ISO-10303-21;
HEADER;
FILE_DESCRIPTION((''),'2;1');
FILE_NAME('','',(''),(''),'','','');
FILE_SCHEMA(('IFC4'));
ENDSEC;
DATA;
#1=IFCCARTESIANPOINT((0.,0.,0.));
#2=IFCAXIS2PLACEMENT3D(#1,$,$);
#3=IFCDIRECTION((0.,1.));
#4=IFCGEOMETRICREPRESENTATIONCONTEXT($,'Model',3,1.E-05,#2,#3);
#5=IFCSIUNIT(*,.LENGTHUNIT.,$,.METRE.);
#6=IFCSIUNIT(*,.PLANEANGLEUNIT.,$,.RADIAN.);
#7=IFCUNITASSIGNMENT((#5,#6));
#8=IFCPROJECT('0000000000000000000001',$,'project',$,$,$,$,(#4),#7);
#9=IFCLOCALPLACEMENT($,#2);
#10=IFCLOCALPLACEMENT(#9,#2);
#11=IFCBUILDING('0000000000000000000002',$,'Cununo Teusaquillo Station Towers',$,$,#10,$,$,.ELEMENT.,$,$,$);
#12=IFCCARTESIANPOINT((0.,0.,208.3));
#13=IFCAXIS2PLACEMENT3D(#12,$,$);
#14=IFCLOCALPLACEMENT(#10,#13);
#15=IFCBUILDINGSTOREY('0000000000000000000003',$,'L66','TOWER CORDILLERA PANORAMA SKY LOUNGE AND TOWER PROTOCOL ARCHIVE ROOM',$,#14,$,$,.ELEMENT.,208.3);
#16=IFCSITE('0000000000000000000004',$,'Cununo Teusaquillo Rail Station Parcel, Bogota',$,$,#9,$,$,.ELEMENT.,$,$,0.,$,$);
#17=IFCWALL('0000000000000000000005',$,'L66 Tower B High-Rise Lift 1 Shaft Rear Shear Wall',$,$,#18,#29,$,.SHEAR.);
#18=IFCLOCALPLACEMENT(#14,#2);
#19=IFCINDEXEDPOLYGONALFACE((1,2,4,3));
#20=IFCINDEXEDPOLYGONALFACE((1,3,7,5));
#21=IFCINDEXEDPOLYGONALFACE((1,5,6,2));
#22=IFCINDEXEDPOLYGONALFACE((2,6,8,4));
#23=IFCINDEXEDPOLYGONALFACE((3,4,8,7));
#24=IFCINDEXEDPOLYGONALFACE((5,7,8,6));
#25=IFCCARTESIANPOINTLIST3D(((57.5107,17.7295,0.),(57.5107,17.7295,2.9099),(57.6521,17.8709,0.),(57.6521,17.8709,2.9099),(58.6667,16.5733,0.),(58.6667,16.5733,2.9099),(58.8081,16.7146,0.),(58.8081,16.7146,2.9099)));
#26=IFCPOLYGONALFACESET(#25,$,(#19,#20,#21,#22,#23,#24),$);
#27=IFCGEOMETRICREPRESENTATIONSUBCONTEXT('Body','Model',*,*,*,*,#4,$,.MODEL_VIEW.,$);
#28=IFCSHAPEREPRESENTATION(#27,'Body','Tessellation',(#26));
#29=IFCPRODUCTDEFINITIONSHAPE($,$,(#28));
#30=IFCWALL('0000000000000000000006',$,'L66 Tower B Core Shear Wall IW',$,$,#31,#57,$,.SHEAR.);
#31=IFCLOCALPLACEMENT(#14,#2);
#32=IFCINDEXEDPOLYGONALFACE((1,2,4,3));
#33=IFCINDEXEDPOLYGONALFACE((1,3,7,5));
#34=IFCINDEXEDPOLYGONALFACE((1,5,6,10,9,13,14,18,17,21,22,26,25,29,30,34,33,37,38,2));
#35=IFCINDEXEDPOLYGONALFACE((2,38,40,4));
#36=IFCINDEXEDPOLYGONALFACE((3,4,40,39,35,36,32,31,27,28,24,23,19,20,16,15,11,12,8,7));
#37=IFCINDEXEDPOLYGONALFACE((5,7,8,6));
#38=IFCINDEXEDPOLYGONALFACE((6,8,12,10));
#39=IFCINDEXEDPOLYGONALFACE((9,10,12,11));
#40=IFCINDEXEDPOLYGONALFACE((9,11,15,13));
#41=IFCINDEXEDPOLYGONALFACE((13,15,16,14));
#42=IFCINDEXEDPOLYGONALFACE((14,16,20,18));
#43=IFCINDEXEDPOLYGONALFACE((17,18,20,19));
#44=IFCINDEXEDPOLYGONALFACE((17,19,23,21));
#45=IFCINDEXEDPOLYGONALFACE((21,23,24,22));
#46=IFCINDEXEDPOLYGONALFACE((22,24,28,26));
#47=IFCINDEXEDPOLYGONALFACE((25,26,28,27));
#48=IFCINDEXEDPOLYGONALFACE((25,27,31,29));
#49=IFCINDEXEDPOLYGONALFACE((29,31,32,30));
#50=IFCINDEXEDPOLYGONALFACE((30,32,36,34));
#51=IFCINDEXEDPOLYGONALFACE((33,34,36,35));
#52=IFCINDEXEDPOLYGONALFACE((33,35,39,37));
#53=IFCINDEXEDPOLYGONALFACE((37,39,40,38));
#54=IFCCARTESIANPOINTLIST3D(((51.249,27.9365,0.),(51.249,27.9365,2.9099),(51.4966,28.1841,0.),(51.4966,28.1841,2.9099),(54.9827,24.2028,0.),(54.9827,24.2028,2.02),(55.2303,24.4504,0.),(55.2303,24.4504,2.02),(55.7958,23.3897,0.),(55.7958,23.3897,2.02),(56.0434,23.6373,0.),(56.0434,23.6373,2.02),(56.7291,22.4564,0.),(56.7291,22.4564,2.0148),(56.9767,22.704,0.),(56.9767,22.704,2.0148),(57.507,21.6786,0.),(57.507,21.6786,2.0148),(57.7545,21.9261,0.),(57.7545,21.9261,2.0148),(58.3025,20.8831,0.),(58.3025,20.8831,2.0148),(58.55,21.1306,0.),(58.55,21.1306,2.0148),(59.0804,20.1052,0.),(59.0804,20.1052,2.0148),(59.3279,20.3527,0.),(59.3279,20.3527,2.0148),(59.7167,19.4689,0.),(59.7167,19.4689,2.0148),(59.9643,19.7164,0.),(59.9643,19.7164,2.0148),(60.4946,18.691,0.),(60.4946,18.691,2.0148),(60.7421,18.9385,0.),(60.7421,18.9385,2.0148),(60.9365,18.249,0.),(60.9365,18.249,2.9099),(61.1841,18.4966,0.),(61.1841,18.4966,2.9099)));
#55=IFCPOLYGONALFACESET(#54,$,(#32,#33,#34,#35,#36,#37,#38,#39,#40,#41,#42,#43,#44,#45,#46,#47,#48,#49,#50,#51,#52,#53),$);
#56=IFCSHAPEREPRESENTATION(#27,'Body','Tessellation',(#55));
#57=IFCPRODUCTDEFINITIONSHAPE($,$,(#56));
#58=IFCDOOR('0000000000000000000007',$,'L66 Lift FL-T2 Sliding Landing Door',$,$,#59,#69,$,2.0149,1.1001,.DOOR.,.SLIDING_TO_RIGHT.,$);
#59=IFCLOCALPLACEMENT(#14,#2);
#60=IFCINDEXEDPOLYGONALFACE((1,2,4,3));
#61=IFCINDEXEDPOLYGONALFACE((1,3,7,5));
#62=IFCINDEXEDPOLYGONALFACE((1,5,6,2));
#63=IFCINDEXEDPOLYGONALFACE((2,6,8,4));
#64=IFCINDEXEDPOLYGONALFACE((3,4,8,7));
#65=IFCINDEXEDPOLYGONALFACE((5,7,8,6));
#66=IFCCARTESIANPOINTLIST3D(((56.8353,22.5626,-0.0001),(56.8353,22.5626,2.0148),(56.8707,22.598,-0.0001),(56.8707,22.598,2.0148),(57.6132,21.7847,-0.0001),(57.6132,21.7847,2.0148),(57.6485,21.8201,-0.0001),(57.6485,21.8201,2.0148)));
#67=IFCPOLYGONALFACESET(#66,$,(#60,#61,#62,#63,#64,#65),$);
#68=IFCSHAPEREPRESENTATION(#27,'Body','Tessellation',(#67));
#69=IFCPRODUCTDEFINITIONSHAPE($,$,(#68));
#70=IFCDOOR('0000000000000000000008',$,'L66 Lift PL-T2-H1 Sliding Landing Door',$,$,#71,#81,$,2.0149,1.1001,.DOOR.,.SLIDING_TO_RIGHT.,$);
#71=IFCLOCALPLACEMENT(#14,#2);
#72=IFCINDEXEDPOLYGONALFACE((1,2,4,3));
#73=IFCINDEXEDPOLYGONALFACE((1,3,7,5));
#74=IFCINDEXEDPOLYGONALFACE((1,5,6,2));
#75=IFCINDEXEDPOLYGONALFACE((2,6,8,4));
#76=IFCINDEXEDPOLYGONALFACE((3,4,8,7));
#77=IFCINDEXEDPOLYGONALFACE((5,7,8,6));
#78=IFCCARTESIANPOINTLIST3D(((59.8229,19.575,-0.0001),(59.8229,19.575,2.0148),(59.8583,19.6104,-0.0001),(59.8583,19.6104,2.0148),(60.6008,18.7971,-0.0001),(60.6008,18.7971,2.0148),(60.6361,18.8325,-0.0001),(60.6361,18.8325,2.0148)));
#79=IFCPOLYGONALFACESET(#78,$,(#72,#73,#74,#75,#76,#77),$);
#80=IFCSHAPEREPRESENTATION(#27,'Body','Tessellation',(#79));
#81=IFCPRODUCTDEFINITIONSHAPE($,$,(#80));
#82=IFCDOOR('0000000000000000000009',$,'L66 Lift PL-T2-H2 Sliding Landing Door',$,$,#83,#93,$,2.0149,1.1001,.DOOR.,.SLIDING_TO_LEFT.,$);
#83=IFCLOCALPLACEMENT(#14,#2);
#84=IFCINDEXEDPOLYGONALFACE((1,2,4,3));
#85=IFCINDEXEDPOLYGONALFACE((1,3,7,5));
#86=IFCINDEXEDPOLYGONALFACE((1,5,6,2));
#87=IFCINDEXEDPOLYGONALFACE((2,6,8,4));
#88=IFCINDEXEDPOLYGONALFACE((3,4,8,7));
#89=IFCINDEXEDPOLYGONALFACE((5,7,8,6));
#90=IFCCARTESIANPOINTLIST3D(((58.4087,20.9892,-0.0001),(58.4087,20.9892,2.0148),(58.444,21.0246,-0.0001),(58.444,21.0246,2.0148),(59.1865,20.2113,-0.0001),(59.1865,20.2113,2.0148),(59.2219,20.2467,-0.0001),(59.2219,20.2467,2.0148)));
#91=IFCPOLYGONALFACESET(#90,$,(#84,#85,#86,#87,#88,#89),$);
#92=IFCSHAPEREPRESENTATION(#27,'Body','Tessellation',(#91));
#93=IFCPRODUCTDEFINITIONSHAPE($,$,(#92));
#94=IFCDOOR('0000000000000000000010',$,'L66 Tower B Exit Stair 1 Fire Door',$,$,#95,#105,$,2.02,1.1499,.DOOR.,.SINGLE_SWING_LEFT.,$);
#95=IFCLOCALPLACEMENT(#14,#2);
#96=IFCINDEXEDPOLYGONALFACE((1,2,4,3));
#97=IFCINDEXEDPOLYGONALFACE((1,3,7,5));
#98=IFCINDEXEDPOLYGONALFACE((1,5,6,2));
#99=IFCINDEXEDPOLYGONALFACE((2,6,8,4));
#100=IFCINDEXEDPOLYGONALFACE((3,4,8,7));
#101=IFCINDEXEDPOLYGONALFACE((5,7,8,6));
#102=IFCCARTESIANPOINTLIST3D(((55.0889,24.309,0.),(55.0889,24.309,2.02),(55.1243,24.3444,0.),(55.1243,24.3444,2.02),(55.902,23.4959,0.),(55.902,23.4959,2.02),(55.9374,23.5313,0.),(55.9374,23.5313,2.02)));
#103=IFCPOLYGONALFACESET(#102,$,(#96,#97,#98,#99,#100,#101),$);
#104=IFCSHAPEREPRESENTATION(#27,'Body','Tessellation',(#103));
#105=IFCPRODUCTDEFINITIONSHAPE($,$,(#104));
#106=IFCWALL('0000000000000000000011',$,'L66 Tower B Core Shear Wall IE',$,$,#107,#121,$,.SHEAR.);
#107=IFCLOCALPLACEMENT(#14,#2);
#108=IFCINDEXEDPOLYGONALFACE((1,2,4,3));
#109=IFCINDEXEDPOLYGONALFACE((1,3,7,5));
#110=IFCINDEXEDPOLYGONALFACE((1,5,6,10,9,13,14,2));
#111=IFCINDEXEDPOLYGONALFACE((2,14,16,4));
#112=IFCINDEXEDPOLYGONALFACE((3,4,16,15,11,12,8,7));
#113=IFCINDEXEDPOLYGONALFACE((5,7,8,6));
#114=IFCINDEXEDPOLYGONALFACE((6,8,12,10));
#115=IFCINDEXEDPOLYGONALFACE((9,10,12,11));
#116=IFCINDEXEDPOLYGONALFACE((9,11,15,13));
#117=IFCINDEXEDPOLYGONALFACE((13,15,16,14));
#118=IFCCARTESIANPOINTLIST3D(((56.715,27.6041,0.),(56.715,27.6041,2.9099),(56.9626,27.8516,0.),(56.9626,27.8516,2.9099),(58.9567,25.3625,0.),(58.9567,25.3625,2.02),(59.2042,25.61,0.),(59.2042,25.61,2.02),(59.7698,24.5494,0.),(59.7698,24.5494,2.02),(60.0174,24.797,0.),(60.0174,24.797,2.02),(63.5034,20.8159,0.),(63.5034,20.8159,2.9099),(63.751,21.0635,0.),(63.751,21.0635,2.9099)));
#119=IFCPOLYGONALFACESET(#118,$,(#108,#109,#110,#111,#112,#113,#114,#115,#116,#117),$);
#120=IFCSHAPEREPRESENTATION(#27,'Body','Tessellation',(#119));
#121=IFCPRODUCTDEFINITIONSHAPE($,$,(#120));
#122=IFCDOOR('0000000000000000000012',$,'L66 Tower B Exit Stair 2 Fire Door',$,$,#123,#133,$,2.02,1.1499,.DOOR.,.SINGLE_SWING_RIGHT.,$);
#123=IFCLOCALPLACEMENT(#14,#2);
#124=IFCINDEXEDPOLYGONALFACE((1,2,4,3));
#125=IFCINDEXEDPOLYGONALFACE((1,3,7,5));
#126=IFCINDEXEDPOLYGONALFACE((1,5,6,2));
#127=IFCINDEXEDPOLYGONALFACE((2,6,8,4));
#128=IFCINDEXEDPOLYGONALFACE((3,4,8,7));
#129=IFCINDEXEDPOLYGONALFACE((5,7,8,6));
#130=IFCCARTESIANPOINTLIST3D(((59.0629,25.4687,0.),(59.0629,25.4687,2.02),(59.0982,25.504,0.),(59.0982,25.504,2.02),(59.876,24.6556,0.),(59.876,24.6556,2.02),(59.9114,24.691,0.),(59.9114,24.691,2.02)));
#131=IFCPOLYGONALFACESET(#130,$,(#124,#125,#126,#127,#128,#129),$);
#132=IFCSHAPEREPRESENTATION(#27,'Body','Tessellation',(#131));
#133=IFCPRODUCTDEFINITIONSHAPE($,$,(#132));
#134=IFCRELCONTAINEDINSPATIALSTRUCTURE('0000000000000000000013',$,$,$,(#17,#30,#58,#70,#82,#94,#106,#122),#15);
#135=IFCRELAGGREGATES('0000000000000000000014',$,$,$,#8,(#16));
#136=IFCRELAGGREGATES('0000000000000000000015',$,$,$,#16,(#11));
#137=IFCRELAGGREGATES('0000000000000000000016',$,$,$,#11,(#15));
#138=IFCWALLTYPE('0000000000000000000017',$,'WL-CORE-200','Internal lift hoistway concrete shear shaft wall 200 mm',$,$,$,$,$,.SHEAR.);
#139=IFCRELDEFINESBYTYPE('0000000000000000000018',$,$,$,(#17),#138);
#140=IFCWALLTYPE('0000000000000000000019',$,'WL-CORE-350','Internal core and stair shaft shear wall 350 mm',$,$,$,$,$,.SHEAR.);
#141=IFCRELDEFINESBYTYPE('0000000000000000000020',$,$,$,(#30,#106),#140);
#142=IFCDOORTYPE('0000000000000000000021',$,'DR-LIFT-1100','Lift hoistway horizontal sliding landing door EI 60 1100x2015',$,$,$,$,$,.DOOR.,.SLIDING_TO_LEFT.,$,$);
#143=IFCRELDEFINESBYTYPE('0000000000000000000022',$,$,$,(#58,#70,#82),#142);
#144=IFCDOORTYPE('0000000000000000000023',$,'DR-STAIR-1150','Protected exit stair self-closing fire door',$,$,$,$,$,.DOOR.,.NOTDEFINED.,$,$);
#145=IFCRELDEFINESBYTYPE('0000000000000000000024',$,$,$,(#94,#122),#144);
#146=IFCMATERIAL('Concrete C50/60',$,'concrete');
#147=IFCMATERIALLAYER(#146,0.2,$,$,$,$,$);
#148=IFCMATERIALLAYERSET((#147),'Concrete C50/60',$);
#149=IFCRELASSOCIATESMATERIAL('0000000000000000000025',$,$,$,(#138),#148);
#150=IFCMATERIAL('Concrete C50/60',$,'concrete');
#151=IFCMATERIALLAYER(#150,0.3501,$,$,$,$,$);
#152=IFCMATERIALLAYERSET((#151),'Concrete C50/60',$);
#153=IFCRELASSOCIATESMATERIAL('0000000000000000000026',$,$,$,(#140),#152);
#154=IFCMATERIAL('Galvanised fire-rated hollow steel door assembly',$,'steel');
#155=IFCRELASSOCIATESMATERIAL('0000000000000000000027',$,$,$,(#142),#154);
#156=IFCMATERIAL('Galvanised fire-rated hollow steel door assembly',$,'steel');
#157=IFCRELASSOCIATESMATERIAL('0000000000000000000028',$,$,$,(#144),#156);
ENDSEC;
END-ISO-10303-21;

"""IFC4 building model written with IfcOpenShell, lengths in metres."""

from ifc_helpers import new_model, si_unit, direction, frame, frame_2d, origin, place, context, subcontext, project, spatial, rectangle, extrude, source, transform, mapped, material, layer, layer_set, type_object, element, fill, save


model = new_model("IFC4")

# Units and contexts
model_context = context("Model", 3, precision=1e-05, world=origin(), true_north=direction((0.0, 1.0)))
body_context = subcontext(model_context, "Body", "Model", "MODEL_VIEW")
ifc_project = project(units=[si_unit("LENGTHUNIT", "METRE"), si_unit("PLANEANGLEUNIT", "RADIAN")], contexts=[model_context])

# Site, building, storey
site_placement = place(None, origin())
site = spatial("IfcSite", under=ifc_project, at=site_placement, Name="Cununo Teusaquillo Rail Station Parcel, Bogota", CompositionType="ELEMENT", RefElevation=0.0)
building_placement = place(site_placement, origin())
building = spatial("IfcBuilding", under=site, at=building_placement, Name="Cununo Teusaquillo Station Towers", CompositionType="ELEMENT")
storey_placement = place(building_placement, frame((0.0, 0.0, 208.3)))
storey = spatial("IfcBuildingStorey", under=building, at=storey_placement, Name="L66", Description="TOWER CORDILLERA PANORAMA SKY LOUNGE AND TOWER PROTOCOL ARCHIVE ROOM", CompositionType="ELEMENT", Elevation=208.3)

# Wall
ifc_material_1 = material(Name="Concrete C50/60", Category="concrete")
ifc_layer_1 = layer(ifc_material_1, 0.2)
ifc_layer_set_1 = layer_set([ifc_layer_1], Name="Concrete C50/60")
wall_type_1 = type_object("IfcWallType", Name="WL-CORE-200", Description="Internal lift hoistway concrete shear shaft wall 200 mm", PredefinedType="SHEAR", material=ifc_layer_set_1)
wall_1_placement = place(storey_placement, frame((58.7373, 16.644, 0.0), z_axis=(0.0, 0.0, 1.0), x_axis=(-0.707032, 0.707181, 0.0)))
element("IfcWall", 1, at=wall_1_placement, inside=storey, type_object=wall_type_1, Name="L66 Tower B High-Rise Lift 1 Shaft Rear Shear Wall", PredefinedType="SHEAR", context=body_context, shape_type="SweptSolid", body=[
    extrude(rectangle(XDim=1.635, YDim=0.2, at=frame_2d((0.8174, 0.0))), origin(), (0.0, 0.0, 1.0), 2.9099),
])

# Wall, openings, doors
ifc_material_2 = material(Name="Concrete C50/60", Category="concrete")
ifc_layer_2 = layer(ifc_material_2, 0.3501)
ifc_layer_set_2 = layer_set([ifc_layer_2], Name="Concrete C50/60")
wall_type_2 = type_object("IfcWallType", Name="WL-CORE-350", Description="Internal core and stair shaft shear wall 350 mm", PredefinedType="SHEAR", material=ifc_layer_set_2)
wall_2_placement = place(storey_placement, frame((61.0603, 18.3728, 0.0), z_axis=(0.0, 0.0, 1.0), x_axis=(-0.707107, 0.707107, 0.0)))
wall_2 = element("IfcWall", 2, at=wall_2_placement, inside=storey, type_object=wall_type_2, Name="L66 Tower B Core Shear Wall IW", PredefinedType="SHEAR", context=body_context, shape_type="SweptSolid", body=[
    extrude(rectangle(XDim=13.7002, YDim=0.3501, at=frame_2d((6.8501, 0.0))), origin(), (0.0, 0.0, 1.0), 2.9099),
])
shared_shape_1 = source(origin(), body_context, "Body", "SweptSolid", [
    extrude(rectangle(XDim=1.1001, YDim=2.0149, at=frame_2d((0.55, 1.0073))), frame((0.0, 0.1851, 0.0), z_axis=(0.0, -1.0, 0.0), x_axis=(1.0, 0.0, 0.0)), (0.0, 0.0, 1.0), 0.3701),
])
opening_1_placement = place(wall_2_placement, frame((4.8501, 0.0, 0.0)))
opening_1 = element("IfcOpeningElement", 3, at=opening_1_placement, cuts=wall_2, PredefinedType="OPENING", context=body_context, shape_type="MappedRepresentation", body=[
    mapped(shared_shape_1, transform((0.0, 0.0, 0.0), x_axis=(1.0, 0.0, 0.0), y_axis=(0.0, 1.0, 0.0), z_axis=(0.0, 0.0, 1.0), scale=1.0)),
])
opening_2_placement = place(wall_2_placement, frame((0.625, 0.0, 0.0)))
opening_2 = element("IfcOpeningElement", 4, at=opening_2_placement, cuts=wall_2, PredefinedType="OPENING", context=body_context, shape_type="MappedRepresentation", body=[
    mapped(shared_shape_1, transform((0.0, 0.0, 0.0), x_axis=(1.0, 0.0, 0.0), y_axis=(0.0, 1.0, 0.0), z_axis=(0.0, 0.0, 1.0), scale=1.0)),
])
opening_3_placement = place(wall_2_placement, frame((2.625, 0.0, 0.0)))
opening_3 = element("IfcOpeningElement", 5, at=opening_3_placement, cuts=wall_2, PredefinedType="OPENING", context=body_context, shape_type="MappedRepresentation", body=[
    mapped(shared_shape_1, transform((0.0, 0.0, 0.0), x_axis=(1.0, 0.0, 0.0), y_axis=(0.0, 1.0, 0.0), z_axis=(0.0, 0.0, 1.0), scale=1.0)),
])
shared_shape_2 = source(origin(), body_context, "Body", "SweptSolid", [
    extrude(rectangle(XDim=1.1499, YDim=2.02, at=frame_2d((0.575, 1.01))), frame((0.0, 0.1851, 0.0), z_axis=(0.0, -1.0, 0.0), x_axis=(1.0, 0.0, 0.0)), (0.0, 0.0, 1.0), 0.3701),
])
opening_4_placement = place(wall_2_placement, frame((7.27, 0.0, 0.0)))
opening_4 = element("IfcOpeningElement", 6, at=opening_4_placement, cuts=wall_2, PredefinedType="OPENING", context=body_context, shape_type="MappedRepresentation", body=[
    mapped(shared_shape_2, transform((0.0, 0.0, 0.0), x_axis=(1.0, 0.0, 0.0), y_axis=(0.0, 1.0, 0.0), z_axis=(0.0, 0.0, 1.0), scale=1.0)),
])
ifc_material_3 = material(Name="Galvanised fire-rated hollow steel door assembly", Category="steel")
door_type_1 = type_object("IfcDoorType", Name="DR-LIFT-1100", Description="Lift hoistway horizontal sliding landing door EI 60 1100x2015", OperationType="SLIDING_TO_LEFT", PredefinedType="DOOR", material=ifc_material_3)
shared_shape_3 = source(origin(), body_context, "Body", "SweptSolid", [
    extrude(rectangle(XDim=1.1001, YDim=2.0149, at=frame_2d((0.55, 1.0073))), frame((0.0, 0.0249, 0.0), z_axis=(0.0, -1.0, 0.0), x_axis=(1.0, 0.0, 0.0)), (0.0, 0.0, 1.0), 0.05),
])
door_1_placement = place(opening_1_placement, origin())
door_1 = element("IfcDoor", 7, at=door_1_placement, inside=storey, type_object=door_type_1, Name="L66 Lift FL-T2 Sliding Landing Door", OperationType="SLIDING_TO_RIGHT", OverallHeight=2.0149, OverallWidth=1.1001, PredefinedType="DOOR", context=body_context, shape_type="MappedRepresentation", body=[
    mapped(shared_shape_3, transform((0.0, 0.0, 0.0), x_axis=(1.0, 0.0, 0.0), y_axis=(0.0, 1.0, 0.0), z_axis=(0.0, 0.0, 1.0), scale=1.0)),
])
fill(opening_1, door_1)
door_2_placement = place(opening_2_placement, origin())
door_2 = element("IfcDoor", 8, at=door_2_placement, inside=storey, type_object=door_type_1, Name="L66 Lift PL-T2-H1 Sliding Landing Door", OperationType="SLIDING_TO_RIGHT", OverallHeight=2.0149, OverallWidth=1.1001, PredefinedType="DOOR", context=body_context, shape_type="MappedRepresentation", body=[
    mapped(shared_shape_3, transform((0.0, 0.0, 0.0), x_axis=(1.0, 0.0, 0.0), y_axis=(0.0, 1.0, 0.0), z_axis=(0.0, 0.0, 1.0), scale=1.0)),
])
fill(opening_2, door_2)
door_3_placement = place(opening_3_placement, origin())
door_3 = element("IfcDoor", 9, at=door_3_placement, inside=storey, type_object=door_type_1, Name="L66 Lift PL-T2-H2 Sliding Landing Door", OperationType="SLIDING_TO_LEFT", OverallHeight=2.0149, OverallWidth=1.1001, PredefinedType="DOOR", context=body_context, shape_type="MappedRepresentation", body=[
    mapped(shared_shape_3, transform((0.0, 0.0, 0.0), x_axis=(1.0, 0.0, 0.0), y_axis=(0.0, 1.0, 0.0), z_axis=(0.0, 0.0, 1.0), scale=1.0)),
])
fill(opening_3, door_3)
ifc_material_4 = material(Name="Galvanised fire-rated hollow steel door assembly", Category="steel")
door_type_2 = type_object("IfcDoorType", Name="DR-STAIR-1150", Description="Protected exit stair self-closing fire door", OperationType="NOTDEFINED", PredefinedType="DOOR", material=ifc_material_4)
shared_shape_4 = source(origin(), body_context, "Body", "SweptSolid", [
    extrude(rectangle(XDim=1.1499, YDim=2.02, at=frame_2d((0.575, 1.01))), frame((0.0, 0.0249, 0.0), z_axis=(0.0, -1.0, 0.0), x_axis=(1.0, 0.0, 0.0)), (0.0, 0.0, 1.0), 0.05),
])
door_4_placement = place(opening_4_placement, origin())
door_4 = element("IfcDoor", 10, at=door_4_placement, inside=storey, type_object=door_type_2, Name="L66 Tower B Exit Stair 1 Fire Door", OperationType="SINGLE_SWING_LEFT", OverallHeight=2.02, OverallWidth=1.1499, PredefinedType="DOOR", context=body_context, shape_type="MappedRepresentation", body=[
    mapped(shared_shape_4, transform((0.0, 0.0, 0.0), x_axis=(1.0, 0.0, 0.0), y_axis=(0.0, 1.0, 0.0), z_axis=(0.0, 0.0, 1.0), scale=1.0)),
])
fill(opening_4, door_4)

# Wall, opening, door
wall_3_placement = place(storey_placement, frame((63.6272, 20.9397, 0.0), z_axis=(0.0, 0.0, 1.0), x_axis=(-0.707119, 0.707094, 0.0)))
wall_3 = element("IfcWall", 11, at=wall_3_placement, inside=storey, type_object=wall_type_2, Name="L66 Tower B Core Shear Wall IE", PredefinedType="SHEAR", context=body_context, shape_type="SweptSolid", body=[
    extrude(rectangle(XDim=9.6001, YDim=0.3501, at=frame_2d((4.8, 0.0))), origin(), (0.0, 0.0, 1.0), 2.9099),
])
opening_5_placement = place(wall_3_placement, frame((5.28, 0.0, 0.0)))
opening_5 = element("IfcOpeningElement", 12, at=opening_5_placement, cuts=wall_3, PredefinedType="OPENING", context=body_context, shape_type="MappedRepresentation", body=[
    mapped(shared_shape_2, transform((0.0, 0.0, 0.0), x_axis=(1.0, 0.0, 0.0), y_axis=(0.0, 1.0, 0.0), z_axis=(0.0, 0.0, 1.0), scale=1.0)),
])
door_5_placement = place(opening_5_placement, origin())
door_5 = element("IfcDoor", 13, at=door_5_placement, inside=storey, type_object=door_type_2, Name="L66 Tower B Exit Stair 2 Fire Door", OperationType="SINGLE_SWING_RIGHT", OverallHeight=2.02, OverallWidth=1.1499, PredefinedType="DOOR", context=body_context, shape_type="MappedRepresentation", body=[
    mapped(shared_shape_4, transform((0.0, 0.0, 0.0), x_axis=(1.0, 0.0, 0.0), y_axis=(0.0, 1.0, 0.0), z_axis=(0.0, 0.0, 1.0), scale=1.0)),
])
fill(opening_5, door_5)

save(model, "model.ifc")
